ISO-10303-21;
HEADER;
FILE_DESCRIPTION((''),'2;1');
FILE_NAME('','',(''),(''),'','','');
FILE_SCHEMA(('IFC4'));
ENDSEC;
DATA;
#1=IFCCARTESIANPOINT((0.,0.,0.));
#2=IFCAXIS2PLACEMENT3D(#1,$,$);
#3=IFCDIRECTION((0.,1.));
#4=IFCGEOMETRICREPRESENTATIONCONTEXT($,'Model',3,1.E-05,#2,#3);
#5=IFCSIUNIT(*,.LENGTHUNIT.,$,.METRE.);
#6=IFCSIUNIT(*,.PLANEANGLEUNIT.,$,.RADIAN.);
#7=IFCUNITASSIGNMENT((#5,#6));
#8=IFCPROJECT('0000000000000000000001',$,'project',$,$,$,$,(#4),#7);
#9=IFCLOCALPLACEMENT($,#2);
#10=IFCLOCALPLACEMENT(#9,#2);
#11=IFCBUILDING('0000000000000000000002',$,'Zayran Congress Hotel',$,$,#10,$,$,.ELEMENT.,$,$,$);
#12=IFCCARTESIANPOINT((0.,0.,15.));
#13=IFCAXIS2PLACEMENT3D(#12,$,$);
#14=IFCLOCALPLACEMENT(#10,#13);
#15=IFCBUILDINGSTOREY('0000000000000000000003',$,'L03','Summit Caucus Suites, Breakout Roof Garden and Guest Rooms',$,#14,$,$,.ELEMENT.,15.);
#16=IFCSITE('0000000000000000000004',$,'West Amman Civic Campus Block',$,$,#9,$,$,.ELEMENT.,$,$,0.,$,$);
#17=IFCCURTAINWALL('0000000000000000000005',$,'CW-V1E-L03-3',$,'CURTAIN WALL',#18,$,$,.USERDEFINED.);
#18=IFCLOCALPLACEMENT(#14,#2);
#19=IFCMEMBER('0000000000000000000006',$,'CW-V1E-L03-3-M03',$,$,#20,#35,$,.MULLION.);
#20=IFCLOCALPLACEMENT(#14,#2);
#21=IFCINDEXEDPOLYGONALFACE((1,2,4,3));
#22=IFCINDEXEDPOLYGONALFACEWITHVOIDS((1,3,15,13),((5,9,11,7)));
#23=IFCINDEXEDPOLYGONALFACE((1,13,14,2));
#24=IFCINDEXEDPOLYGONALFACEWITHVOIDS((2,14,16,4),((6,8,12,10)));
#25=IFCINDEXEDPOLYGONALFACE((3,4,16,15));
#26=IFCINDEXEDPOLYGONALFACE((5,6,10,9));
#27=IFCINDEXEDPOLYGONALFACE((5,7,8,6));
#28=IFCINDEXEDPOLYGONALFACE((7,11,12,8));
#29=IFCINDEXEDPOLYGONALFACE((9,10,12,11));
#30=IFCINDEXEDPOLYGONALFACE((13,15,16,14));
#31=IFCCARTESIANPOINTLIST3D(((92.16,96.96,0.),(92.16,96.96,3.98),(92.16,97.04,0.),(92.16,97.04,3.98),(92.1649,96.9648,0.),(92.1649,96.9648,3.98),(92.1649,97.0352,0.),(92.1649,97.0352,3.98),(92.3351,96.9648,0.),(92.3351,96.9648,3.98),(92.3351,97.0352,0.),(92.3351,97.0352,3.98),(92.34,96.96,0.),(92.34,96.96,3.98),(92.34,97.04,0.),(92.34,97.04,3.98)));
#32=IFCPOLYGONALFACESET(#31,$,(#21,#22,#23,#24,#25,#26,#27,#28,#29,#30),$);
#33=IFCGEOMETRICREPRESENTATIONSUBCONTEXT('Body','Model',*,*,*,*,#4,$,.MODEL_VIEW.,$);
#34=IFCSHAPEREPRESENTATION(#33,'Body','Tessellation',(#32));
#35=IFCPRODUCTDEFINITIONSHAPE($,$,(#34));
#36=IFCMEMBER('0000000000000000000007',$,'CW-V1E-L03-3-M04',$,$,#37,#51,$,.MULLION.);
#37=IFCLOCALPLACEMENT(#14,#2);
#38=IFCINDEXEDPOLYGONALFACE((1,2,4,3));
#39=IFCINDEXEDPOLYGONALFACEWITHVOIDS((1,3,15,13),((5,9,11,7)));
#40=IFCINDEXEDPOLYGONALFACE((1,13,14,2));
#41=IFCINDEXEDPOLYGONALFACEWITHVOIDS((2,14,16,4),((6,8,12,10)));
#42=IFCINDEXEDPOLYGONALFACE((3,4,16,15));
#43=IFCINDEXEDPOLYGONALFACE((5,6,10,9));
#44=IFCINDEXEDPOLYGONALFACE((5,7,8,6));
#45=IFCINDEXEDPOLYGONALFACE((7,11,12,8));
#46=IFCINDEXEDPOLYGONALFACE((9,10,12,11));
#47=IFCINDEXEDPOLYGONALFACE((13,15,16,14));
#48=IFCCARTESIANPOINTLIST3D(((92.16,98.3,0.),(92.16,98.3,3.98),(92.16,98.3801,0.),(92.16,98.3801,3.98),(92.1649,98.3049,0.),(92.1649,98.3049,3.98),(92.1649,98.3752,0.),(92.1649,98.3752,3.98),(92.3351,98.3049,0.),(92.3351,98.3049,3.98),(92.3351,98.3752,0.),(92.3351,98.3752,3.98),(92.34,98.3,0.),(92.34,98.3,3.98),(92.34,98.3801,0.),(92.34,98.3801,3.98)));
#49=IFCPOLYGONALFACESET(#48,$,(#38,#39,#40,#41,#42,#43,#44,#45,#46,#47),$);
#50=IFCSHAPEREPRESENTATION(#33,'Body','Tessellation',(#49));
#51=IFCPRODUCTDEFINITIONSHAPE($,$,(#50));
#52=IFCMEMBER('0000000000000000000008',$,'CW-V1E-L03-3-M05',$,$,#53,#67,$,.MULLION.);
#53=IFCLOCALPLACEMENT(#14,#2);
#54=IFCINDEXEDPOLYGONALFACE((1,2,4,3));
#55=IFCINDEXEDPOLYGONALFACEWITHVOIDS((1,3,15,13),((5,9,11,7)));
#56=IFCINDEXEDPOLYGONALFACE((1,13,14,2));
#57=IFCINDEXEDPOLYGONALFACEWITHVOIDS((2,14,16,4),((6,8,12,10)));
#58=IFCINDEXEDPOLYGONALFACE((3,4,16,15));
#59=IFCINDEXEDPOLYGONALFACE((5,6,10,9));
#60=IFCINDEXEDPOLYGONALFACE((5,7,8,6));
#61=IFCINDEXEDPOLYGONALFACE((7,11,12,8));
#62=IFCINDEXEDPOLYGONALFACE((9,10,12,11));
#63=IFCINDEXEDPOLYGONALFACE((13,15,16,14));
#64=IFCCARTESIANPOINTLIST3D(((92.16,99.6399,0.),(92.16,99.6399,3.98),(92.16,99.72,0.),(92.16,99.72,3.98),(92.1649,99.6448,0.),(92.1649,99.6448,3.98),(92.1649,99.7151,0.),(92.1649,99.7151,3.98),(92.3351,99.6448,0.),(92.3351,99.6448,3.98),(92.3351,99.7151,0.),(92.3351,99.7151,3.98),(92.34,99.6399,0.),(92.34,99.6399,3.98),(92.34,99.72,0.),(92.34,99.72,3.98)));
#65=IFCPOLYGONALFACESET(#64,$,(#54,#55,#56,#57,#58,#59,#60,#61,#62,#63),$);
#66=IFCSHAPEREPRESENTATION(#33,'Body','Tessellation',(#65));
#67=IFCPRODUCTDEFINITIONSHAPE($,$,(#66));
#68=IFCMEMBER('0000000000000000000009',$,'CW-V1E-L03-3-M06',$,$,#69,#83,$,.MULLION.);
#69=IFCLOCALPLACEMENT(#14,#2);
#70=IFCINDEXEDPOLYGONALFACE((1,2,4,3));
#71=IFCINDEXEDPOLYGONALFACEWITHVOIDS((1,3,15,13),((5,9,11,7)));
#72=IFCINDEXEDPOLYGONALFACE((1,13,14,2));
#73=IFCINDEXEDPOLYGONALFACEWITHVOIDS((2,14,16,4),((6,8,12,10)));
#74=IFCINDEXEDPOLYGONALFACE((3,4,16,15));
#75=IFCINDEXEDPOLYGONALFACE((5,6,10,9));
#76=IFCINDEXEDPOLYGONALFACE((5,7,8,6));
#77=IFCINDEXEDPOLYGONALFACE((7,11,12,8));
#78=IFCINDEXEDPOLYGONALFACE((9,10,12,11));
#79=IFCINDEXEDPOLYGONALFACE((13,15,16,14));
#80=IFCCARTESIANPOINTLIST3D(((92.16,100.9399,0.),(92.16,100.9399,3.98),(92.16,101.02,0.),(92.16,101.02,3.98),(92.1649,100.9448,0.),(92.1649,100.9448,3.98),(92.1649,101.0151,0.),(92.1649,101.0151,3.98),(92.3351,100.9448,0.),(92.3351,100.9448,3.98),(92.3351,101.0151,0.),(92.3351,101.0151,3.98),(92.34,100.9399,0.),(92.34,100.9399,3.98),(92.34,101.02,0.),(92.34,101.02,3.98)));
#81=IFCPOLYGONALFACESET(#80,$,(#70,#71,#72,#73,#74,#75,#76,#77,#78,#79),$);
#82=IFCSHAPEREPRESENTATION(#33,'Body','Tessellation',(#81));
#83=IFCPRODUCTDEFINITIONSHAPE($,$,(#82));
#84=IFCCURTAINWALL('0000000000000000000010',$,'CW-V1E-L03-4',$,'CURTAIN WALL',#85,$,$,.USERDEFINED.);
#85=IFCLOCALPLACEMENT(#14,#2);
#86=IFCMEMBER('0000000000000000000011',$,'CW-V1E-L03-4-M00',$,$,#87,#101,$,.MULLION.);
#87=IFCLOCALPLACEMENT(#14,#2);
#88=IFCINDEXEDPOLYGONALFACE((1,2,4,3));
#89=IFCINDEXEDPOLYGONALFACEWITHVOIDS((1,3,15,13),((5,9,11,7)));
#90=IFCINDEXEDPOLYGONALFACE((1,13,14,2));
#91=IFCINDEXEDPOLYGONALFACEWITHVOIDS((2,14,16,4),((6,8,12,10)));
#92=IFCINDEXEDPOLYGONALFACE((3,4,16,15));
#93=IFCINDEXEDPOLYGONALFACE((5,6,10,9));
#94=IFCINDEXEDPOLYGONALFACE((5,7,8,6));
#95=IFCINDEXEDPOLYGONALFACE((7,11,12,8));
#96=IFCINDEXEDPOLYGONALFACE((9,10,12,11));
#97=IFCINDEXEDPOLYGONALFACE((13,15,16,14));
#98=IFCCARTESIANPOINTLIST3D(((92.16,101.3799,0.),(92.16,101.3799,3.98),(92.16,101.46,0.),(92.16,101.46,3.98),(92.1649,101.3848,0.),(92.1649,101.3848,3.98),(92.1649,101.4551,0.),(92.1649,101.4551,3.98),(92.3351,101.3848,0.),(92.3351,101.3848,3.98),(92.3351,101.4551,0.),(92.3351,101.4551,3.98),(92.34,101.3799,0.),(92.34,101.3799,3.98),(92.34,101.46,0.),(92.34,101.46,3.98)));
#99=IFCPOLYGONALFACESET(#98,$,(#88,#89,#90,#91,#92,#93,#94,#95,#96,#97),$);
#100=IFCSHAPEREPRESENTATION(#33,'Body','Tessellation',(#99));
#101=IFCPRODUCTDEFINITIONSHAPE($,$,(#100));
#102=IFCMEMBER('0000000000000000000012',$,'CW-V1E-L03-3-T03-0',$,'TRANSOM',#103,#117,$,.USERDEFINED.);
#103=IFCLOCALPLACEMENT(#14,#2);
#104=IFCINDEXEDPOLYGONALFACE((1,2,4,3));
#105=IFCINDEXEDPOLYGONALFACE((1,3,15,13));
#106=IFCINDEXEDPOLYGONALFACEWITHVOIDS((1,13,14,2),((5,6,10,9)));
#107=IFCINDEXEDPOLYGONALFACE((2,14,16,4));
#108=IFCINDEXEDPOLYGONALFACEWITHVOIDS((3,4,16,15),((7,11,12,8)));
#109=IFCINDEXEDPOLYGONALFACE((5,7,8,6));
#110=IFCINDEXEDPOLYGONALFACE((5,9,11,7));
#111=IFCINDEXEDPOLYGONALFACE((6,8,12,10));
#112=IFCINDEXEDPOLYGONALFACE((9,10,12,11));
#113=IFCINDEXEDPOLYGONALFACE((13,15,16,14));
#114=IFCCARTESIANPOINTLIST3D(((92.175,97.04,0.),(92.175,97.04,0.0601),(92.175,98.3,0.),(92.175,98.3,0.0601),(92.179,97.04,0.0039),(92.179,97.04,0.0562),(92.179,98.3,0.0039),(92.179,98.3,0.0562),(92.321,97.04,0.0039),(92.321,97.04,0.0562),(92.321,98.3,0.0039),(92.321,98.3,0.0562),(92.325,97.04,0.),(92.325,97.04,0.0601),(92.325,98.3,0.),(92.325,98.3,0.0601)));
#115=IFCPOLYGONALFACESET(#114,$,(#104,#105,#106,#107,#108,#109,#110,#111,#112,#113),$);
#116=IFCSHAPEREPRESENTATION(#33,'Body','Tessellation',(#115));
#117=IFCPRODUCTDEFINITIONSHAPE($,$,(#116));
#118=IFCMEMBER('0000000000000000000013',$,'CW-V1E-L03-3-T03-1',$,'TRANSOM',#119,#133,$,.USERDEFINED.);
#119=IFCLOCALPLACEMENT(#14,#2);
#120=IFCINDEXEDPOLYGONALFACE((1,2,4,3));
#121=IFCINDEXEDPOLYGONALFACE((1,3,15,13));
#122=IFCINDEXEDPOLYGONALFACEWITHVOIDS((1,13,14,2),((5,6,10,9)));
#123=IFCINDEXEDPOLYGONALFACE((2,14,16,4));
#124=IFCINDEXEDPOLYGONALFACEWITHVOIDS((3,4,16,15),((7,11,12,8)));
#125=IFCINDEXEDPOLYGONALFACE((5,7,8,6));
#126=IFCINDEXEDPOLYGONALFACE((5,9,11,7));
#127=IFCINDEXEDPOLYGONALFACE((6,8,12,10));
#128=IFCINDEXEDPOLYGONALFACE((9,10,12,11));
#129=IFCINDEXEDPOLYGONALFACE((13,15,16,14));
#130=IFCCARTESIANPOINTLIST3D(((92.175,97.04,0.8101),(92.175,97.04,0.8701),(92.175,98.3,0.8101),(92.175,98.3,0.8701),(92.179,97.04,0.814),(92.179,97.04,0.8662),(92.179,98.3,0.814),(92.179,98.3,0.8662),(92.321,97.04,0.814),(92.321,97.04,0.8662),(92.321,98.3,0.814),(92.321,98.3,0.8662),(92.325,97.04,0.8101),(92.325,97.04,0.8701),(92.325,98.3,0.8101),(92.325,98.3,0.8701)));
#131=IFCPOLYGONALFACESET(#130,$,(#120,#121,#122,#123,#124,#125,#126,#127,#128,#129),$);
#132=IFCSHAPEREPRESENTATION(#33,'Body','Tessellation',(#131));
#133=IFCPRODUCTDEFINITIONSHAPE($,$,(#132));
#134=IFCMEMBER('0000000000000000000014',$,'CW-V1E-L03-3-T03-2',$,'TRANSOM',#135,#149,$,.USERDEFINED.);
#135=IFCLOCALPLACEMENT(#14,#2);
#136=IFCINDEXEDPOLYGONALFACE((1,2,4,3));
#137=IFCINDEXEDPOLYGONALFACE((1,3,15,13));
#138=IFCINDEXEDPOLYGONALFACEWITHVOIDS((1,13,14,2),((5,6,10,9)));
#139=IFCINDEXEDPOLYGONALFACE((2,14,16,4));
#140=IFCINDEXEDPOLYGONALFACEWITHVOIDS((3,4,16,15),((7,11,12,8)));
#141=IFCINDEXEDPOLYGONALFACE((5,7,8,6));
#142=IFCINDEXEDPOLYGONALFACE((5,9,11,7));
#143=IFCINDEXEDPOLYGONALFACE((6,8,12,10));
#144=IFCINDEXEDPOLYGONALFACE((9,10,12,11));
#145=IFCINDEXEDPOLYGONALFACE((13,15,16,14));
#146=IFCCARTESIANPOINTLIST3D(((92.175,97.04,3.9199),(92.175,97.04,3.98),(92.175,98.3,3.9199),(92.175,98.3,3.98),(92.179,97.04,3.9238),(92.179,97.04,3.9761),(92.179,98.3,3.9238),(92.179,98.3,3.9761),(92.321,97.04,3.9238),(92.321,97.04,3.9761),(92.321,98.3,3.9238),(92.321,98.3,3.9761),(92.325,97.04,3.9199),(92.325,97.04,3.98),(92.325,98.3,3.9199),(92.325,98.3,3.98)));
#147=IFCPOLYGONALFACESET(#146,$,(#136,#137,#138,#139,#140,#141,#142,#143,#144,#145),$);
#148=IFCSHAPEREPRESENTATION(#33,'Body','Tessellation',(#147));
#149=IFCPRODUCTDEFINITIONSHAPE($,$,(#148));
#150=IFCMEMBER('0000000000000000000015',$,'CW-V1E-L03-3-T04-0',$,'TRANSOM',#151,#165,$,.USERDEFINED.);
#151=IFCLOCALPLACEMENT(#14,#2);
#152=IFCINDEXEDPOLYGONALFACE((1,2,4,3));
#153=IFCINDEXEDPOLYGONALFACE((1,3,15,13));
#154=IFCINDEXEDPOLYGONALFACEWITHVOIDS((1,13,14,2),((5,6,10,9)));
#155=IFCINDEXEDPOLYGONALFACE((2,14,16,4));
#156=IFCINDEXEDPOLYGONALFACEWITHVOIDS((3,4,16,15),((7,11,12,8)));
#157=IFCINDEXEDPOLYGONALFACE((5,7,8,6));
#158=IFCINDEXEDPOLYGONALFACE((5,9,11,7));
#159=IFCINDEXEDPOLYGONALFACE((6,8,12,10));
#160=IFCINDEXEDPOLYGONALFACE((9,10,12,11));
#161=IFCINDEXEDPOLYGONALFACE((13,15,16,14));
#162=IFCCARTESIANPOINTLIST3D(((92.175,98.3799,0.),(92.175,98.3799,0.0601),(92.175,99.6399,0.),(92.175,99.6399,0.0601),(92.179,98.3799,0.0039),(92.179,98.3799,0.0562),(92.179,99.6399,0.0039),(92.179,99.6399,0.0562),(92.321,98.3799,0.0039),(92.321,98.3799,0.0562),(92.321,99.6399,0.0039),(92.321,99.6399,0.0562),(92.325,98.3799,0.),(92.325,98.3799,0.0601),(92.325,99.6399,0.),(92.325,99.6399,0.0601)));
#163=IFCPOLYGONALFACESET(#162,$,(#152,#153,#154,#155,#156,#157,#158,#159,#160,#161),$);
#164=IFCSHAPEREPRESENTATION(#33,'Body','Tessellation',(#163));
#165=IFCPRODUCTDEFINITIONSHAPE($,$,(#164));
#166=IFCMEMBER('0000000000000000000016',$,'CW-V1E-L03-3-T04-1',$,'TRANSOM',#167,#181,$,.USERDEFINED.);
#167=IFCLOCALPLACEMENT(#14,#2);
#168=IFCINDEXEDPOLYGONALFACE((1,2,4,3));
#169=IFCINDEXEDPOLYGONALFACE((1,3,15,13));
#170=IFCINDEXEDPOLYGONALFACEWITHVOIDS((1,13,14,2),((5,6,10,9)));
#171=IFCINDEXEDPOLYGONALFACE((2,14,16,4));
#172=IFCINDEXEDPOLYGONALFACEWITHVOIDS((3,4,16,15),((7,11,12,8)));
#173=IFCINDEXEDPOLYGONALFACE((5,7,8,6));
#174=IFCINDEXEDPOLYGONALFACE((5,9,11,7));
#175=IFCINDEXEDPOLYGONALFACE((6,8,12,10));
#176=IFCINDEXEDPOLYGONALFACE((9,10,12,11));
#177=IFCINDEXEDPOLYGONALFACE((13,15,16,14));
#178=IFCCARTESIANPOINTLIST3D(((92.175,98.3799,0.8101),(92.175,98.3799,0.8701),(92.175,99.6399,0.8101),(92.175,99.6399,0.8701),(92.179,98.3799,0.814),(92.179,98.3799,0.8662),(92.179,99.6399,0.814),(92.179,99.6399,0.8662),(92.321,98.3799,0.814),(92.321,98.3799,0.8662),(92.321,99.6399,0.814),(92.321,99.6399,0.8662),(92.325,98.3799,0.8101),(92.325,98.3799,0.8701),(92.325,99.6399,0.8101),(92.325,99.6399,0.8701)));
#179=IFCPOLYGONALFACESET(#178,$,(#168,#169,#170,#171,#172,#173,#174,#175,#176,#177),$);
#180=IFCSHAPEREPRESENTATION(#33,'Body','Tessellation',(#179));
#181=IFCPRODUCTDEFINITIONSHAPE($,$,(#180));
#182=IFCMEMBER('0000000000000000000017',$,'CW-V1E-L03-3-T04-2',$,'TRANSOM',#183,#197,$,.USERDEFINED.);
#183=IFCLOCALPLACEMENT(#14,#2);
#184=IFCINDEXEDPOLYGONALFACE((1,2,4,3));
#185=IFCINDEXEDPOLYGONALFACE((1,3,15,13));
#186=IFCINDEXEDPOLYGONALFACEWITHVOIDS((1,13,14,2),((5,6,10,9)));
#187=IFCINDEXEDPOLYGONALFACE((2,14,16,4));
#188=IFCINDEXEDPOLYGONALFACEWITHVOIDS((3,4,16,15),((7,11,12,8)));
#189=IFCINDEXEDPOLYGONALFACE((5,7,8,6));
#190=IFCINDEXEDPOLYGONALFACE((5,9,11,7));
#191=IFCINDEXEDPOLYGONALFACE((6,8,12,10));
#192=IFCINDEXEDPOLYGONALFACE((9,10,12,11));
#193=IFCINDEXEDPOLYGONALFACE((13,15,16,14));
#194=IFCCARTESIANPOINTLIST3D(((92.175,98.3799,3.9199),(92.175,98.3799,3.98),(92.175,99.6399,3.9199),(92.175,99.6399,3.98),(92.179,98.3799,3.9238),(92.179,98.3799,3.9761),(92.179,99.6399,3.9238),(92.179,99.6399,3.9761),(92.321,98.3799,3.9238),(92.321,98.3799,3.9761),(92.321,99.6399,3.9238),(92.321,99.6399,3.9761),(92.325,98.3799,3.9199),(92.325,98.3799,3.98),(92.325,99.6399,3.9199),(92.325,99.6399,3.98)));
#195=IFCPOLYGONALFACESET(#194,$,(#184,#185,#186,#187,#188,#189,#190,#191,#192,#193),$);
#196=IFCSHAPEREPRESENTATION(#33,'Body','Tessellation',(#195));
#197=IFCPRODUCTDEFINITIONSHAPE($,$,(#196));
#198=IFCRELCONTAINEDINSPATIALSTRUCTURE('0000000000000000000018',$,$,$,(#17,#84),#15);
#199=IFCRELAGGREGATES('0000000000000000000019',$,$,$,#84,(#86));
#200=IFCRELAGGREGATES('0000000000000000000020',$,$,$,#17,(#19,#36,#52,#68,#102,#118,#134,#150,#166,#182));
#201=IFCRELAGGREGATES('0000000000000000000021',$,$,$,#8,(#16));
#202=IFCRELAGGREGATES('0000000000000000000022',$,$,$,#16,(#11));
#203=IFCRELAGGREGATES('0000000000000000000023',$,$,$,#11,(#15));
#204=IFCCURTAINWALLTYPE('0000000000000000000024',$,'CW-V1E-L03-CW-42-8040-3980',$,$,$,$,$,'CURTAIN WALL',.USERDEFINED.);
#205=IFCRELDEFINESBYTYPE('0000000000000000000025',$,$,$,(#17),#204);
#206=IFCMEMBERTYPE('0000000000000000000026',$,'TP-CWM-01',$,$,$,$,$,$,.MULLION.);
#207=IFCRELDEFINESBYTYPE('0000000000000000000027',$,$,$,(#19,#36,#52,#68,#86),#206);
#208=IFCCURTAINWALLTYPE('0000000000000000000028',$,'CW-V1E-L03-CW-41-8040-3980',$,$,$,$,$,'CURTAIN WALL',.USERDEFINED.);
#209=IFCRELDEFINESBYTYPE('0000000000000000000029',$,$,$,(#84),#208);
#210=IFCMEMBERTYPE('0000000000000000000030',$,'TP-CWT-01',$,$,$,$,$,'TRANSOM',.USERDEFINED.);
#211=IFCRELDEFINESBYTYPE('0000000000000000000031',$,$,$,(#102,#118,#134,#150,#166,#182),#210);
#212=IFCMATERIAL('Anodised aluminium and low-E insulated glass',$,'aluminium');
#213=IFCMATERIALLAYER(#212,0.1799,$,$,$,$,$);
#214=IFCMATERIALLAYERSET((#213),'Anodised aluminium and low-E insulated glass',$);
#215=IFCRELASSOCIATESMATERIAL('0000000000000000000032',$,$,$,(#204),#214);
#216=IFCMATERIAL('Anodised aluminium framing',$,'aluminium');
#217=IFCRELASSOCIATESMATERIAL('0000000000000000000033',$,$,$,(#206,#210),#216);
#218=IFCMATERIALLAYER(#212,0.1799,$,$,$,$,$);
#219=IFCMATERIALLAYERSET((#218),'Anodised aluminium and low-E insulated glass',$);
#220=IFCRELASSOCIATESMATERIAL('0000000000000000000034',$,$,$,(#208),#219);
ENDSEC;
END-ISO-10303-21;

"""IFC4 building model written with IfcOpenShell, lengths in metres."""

from ifc_helpers import new_model, si_unit, direction, frame, origin, origin_2d, place, context, subcontext, project, spatial, hollow_rectangle, extrude, material, layer, layer_set, material_profile, profile_set, type_object, element, aggregate, save


model = new_model("IFC4")

# Units and contexts
model_context = context("Model", 3, precision=1e-05, world=origin(), true_north=direction((0.0, 1.0)))
body_context = subcontext(model_context, "Body", "Model", "MODEL_VIEW")
ifc_project = project(units=[si_unit("LENGTHUNIT", "METRE"), si_unit("PLANEANGLEUNIT", "RADIAN")], contexts=[model_context])

# Site, building, storey
site_placement = place(None, origin())
site = spatial("IfcSite", under=ifc_project, at=site_placement, Name="West Amman Civic Campus Block", CompositionType="ELEMENT", RefElevation=0.0)
building_placement = place(site_placement, origin())
building = spatial("IfcBuilding", under=site, at=building_placement, Name="Zayran Congress Hotel", CompositionType="ELEMENT")
storey_placement = place(building_placement, frame((0.0, 0.0, 15.0)))
storey = spatial("IfcBuildingStorey", under=building, at=storey_placement, Name="L03", Description="Summit Caucus Suites, Breakout Roof Garden and Guest Rooms", CompositionType="ELEMENT", Elevation=15.0)

# Curtain wall, members
ifc_material_1 = material(Name="Anodised aluminium and low-E insulated glass", Category="aluminium")
ifc_layer_1 = layer(ifc_material_1, 0.1799)
ifc_layer_set_1 = layer_set([ifc_layer_1], Name="Anodised aluminium and low-E insulated glass")
curtain_wall_type_1 = type_object("IfcCurtainWallType", Name="CW-V1E-L03-CW-42-8040-3980", ElementType="CURTAIN WALL", PredefinedType="USERDEFINED", material=ifc_layer_set_1)
curtain_wall_1_placement = place(storey_placement, origin())
curtain_wall_1 = element("IfcCurtainWall", 1, at=curtain_wall_1_placement, inside=storey, type_object=curtain_wall_type_1, Name="CW-V1E-L03-3", ObjectType="CURTAIN WALL", PredefinedType="USERDEFINED")
ifc_material_2 = material(Name="Anodised aluminium framing", Category="aluminium")
ifc_material_profile_1 = material_profile(ifc_material_2, hollow_rectangle(XDim=0.0801, YDim=0.1799, WallThickness=0.0049, at=origin_2d()), Name="RHS 180x80x5")
ifc_profile_set_1 = profile_set([ifc_material_profile_1], Name="Anodised aluminium framing")
member_type_1 = type_object("IfcMemberType", Name="TP-CWM-01", PredefinedType="MULLION", material=ifc_profile_set_1)
member_1_placement = place(storey_placement, frame((92.25, 97.0, 0.0), z_axis=(0.0, 0.0, 1.0), x_axis=(0.0, 1.0, 0.0)))
member_1 = element("IfcMember", 2, at=member_1_placement, type_object=member_type_1, Name="CW-V1E-L03-3-M03", PredefinedType="MULLION", context=body_context, shape_type="SweptSolid", body=[
    extrude(hollow_rectangle(XDim=0.0801, YDim=0.1799, WallThickness=0.0049, at=origin_2d()), origin(), (0.0, 0.0, 1.0), 3.98),
])
member_2_placement = place(storey_placement, frame((92.25, 98.3401, 0.0), z_axis=(0.0, 0.0, 1.0), x_axis=(0.0, 1.0, 0.0)))
member_2 = element("IfcMember", 3, at=member_2_placement, type_object=member_type_1, Name="CW-V1E-L03-3-M04", PredefinedType="MULLION", context=body_context, shape_type="SweptSolid", body=[
    extrude(hollow_rectangle(XDim=0.0801, YDim=0.1799, WallThickness=0.0049, at=origin_2d()), origin(), (0.0, 0.0, 1.0), 3.98),
])
member_3_placement = place(storey_placement, frame((92.25, 99.6799, 0.0), z_axis=(0.0, 0.0, 1.0), x_axis=(0.0, 1.0, 0.0)))
member_3 = element("IfcMember", 4, at=member_3_placement, type_object=member_type_1, Name="CW-V1E-L03-3-M05", PredefinedType="MULLION", context=body_context, shape_type="SweptSolid", body=[
    extrude(hollow_rectangle(XDim=0.0801, YDim=0.1799, WallThickness=0.0049, at=origin_2d()), origin(), (0.0, 0.0, 1.0), 3.98),
])
member_4_placement = place(storey_placement, frame((92.25, 100.98, 0.0), z_axis=(0.0, 0.0, 1.0), x_axis=(0.0, 1.0, 0.0)))
member_4 = element("IfcMember", 5, at=member_4_placement, type_object=member_type_1, Name="CW-V1E-L03-3-M06", PredefinedType="MULLION", context=body_context, shape_type="SweptSolid", body=[
    extrude(hollow_rectangle(XDim=0.0801, YDim=0.1799, WallThickness=0.0049, at=origin_2d()), origin(), (0.0, 0.0, 1.0), 3.98),
])

# Curtain wall, member
ifc_layer_2 = layer(ifc_material_1, 0.1799)
ifc_layer_set_2 = layer_set([ifc_layer_2], Name="Anodised aluminium and low-E insulated glass")
curtain_wall_type_2 = type_object("IfcCurtainWallType", Name="CW-V1E-L03-CW-41-8040-3980", ElementType="CURTAIN WALL", PredefinedType="USERDEFINED", material=ifc_layer_set_2)
curtain_wall_2_placement = place(storey_placement, origin())
curtain_wall_2 = element("IfcCurtainWall", 6, at=curtain_wall_2_placement, inside=storey, type_object=curtain_wall_type_2, Name="CW-V1E-L03-4", ObjectType="CURTAIN WALL", PredefinedType="USERDEFINED")
member_5_placement = place(storey_placement, frame((92.25, 101.4199, 0.0), z_axis=(0.0, 0.0, 1.0), x_axis=(0.0, 1.0, 0.0)))
member_5 = element("IfcMember", 7, at=member_5_placement, type_object=member_type_1, Name="CW-V1E-L03-4-M00", PredefinedType="MULLION", context=body_context, shape_type="SweptSolid", body=[
    extrude(hollow_rectangle(XDim=0.0801, YDim=0.1799, WallThickness=0.0049, at=origin_2d()), origin(), (0.0, 0.0, 1.0), 3.98),
])
aggregate(curtain_wall_2, [member_5])

# Members
ifc_material_profile_2 = material_profile(ifc_material_2, hollow_rectangle(XDim=0.0601, YDim=0.1499, WallThickness=0.0039, at=origin_2d()), Name="RHS 150x60x4")
ifc_profile_set_2 = profile_set([ifc_material_profile_2], Name="Anodised aluminium framing")
member_type_2 = type_object("IfcMemberType", Name="TP-CWT-01", ElementType="TRANSOM", PredefinedType="USERDEFINED", material=ifc_profile_set_2)
member_6_placement = place(storey_placement, frame((92.25, 97.04, 0.03), z_axis=(0.0, 1.0, 0.0), x_axis=(0.0, 0.0, 1.0)))
member_6 = element("IfcMember", 8, at=member_6_placement, type_object=member_type_2, Name="CW-V1E-L03-3-T03-0", ObjectType="TRANSOM", PredefinedType="USERDEFINED", context=body_context, shape_type="SweptSolid", body=[
    extrude(hollow_rectangle(XDim=0.0601, YDim=0.1499, WallThickness=0.0039, at=origin_2d()), origin(), (0.0, 0.0, 1.0), 1.26),
])
member_7_placement = place(storey_placement, frame((92.25, 97.04, 0.8401), z_axis=(0.0, 1.0, 0.0), x_axis=(0.0, 0.0, 1.0)))
member_7 = element("IfcMember", 9, at=member_7_placement, type_object=member_type_2, Name="CW-V1E-L03-3-T03-1", ObjectType="TRANSOM", PredefinedType="USERDEFINED", context=body_context, shape_type="SweptSolid", body=[
    extrude(hollow_rectangle(XDim=0.0601, YDim=0.1499, WallThickness=0.0039, at=origin_2d()), origin(), (0.0, 0.0, 1.0), 1.26),
])
member_8_placement = place(storey_placement, frame((92.25, 97.04, 3.95), z_axis=(0.0, 1.0, 0.0), x_axis=(0.0, 0.0, 1.0)))
member_8 = element("IfcMember", 10, at=member_8_placement, type_object=member_type_2, Name="CW-V1E-L03-3-T03-2", ObjectType="TRANSOM", PredefinedType="USERDEFINED", context=body_context, shape_type="SweptSolid", body=[
    extrude(hollow_rectangle(XDim=0.0601, YDim=0.1499, WallThickness=0.0039, at=origin_2d()), origin(), (0.0, 0.0, 1.0), 1.26),
])
member_9_placement = place(storey_placement, frame((92.25, 98.3799, 0.03), z_axis=(0.0, 1.0, 0.0), x_axis=(0.0, 0.0, 1.0)))
member_9 = element("IfcMember", 11, at=member_9_placement, type_object=member_type_2, Name="CW-V1E-L03-3-T04-0", ObjectType="TRANSOM", PredefinedType="USERDEFINED", context=body_context, shape_type="SweptSolid", body=[
    extrude(hollow_rectangle(XDim=0.0601, YDim=0.1499, WallThickness=0.0039, at=origin_2d()), origin(), (0.0, 0.0, 1.0), 1.26),
])
member_10_placement = place(storey_placement, frame((92.25, 98.3799, 0.8401), z_axis=(0.0, 1.0, 0.0), x_axis=(0.0, 0.0, 1.0)))
member_10 = element("IfcMember", 12, at=member_10_placement, type_object=member_type_2, Name="CW-V1E-L03-3-T04-1", ObjectType="TRANSOM", PredefinedType="USERDEFINED", context=body_context, shape_type="SweptSolid", body=[
    extrude(hollow_rectangle(XDim=0.0601, YDim=0.1499, WallThickness=0.0039, at=origin_2d()), origin(), (0.0, 0.0, 1.0), 1.26),
])
member_11_placement = place(storey_placement, frame((92.25, 98.3799, 3.95), z_axis=(0.0, 1.0, 0.0), x_axis=(0.0, 0.0, 1.0)))
member_11 = element("IfcMember", 13, at=member_11_placement, type_object=member_type_2, Name="CW-V1E-L03-3-T04-2", ObjectType="TRANSOM", PredefinedType="USERDEFINED", context=body_context, shape_type="SweptSolid", body=[
    extrude(hollow_rectangle(XDim=0.0601, YDim=0.1499, WallThickness=0.0039, at=origin_2d()), origin(), (0.0, 0.0, 1.0), 1.26),
])

aggregate(curtain_wall_1, [member_1, member_2, member_3, member_4, member_6, member_7, member_8, member_9, member_10, member_11])

save(model, "model.ifc")
